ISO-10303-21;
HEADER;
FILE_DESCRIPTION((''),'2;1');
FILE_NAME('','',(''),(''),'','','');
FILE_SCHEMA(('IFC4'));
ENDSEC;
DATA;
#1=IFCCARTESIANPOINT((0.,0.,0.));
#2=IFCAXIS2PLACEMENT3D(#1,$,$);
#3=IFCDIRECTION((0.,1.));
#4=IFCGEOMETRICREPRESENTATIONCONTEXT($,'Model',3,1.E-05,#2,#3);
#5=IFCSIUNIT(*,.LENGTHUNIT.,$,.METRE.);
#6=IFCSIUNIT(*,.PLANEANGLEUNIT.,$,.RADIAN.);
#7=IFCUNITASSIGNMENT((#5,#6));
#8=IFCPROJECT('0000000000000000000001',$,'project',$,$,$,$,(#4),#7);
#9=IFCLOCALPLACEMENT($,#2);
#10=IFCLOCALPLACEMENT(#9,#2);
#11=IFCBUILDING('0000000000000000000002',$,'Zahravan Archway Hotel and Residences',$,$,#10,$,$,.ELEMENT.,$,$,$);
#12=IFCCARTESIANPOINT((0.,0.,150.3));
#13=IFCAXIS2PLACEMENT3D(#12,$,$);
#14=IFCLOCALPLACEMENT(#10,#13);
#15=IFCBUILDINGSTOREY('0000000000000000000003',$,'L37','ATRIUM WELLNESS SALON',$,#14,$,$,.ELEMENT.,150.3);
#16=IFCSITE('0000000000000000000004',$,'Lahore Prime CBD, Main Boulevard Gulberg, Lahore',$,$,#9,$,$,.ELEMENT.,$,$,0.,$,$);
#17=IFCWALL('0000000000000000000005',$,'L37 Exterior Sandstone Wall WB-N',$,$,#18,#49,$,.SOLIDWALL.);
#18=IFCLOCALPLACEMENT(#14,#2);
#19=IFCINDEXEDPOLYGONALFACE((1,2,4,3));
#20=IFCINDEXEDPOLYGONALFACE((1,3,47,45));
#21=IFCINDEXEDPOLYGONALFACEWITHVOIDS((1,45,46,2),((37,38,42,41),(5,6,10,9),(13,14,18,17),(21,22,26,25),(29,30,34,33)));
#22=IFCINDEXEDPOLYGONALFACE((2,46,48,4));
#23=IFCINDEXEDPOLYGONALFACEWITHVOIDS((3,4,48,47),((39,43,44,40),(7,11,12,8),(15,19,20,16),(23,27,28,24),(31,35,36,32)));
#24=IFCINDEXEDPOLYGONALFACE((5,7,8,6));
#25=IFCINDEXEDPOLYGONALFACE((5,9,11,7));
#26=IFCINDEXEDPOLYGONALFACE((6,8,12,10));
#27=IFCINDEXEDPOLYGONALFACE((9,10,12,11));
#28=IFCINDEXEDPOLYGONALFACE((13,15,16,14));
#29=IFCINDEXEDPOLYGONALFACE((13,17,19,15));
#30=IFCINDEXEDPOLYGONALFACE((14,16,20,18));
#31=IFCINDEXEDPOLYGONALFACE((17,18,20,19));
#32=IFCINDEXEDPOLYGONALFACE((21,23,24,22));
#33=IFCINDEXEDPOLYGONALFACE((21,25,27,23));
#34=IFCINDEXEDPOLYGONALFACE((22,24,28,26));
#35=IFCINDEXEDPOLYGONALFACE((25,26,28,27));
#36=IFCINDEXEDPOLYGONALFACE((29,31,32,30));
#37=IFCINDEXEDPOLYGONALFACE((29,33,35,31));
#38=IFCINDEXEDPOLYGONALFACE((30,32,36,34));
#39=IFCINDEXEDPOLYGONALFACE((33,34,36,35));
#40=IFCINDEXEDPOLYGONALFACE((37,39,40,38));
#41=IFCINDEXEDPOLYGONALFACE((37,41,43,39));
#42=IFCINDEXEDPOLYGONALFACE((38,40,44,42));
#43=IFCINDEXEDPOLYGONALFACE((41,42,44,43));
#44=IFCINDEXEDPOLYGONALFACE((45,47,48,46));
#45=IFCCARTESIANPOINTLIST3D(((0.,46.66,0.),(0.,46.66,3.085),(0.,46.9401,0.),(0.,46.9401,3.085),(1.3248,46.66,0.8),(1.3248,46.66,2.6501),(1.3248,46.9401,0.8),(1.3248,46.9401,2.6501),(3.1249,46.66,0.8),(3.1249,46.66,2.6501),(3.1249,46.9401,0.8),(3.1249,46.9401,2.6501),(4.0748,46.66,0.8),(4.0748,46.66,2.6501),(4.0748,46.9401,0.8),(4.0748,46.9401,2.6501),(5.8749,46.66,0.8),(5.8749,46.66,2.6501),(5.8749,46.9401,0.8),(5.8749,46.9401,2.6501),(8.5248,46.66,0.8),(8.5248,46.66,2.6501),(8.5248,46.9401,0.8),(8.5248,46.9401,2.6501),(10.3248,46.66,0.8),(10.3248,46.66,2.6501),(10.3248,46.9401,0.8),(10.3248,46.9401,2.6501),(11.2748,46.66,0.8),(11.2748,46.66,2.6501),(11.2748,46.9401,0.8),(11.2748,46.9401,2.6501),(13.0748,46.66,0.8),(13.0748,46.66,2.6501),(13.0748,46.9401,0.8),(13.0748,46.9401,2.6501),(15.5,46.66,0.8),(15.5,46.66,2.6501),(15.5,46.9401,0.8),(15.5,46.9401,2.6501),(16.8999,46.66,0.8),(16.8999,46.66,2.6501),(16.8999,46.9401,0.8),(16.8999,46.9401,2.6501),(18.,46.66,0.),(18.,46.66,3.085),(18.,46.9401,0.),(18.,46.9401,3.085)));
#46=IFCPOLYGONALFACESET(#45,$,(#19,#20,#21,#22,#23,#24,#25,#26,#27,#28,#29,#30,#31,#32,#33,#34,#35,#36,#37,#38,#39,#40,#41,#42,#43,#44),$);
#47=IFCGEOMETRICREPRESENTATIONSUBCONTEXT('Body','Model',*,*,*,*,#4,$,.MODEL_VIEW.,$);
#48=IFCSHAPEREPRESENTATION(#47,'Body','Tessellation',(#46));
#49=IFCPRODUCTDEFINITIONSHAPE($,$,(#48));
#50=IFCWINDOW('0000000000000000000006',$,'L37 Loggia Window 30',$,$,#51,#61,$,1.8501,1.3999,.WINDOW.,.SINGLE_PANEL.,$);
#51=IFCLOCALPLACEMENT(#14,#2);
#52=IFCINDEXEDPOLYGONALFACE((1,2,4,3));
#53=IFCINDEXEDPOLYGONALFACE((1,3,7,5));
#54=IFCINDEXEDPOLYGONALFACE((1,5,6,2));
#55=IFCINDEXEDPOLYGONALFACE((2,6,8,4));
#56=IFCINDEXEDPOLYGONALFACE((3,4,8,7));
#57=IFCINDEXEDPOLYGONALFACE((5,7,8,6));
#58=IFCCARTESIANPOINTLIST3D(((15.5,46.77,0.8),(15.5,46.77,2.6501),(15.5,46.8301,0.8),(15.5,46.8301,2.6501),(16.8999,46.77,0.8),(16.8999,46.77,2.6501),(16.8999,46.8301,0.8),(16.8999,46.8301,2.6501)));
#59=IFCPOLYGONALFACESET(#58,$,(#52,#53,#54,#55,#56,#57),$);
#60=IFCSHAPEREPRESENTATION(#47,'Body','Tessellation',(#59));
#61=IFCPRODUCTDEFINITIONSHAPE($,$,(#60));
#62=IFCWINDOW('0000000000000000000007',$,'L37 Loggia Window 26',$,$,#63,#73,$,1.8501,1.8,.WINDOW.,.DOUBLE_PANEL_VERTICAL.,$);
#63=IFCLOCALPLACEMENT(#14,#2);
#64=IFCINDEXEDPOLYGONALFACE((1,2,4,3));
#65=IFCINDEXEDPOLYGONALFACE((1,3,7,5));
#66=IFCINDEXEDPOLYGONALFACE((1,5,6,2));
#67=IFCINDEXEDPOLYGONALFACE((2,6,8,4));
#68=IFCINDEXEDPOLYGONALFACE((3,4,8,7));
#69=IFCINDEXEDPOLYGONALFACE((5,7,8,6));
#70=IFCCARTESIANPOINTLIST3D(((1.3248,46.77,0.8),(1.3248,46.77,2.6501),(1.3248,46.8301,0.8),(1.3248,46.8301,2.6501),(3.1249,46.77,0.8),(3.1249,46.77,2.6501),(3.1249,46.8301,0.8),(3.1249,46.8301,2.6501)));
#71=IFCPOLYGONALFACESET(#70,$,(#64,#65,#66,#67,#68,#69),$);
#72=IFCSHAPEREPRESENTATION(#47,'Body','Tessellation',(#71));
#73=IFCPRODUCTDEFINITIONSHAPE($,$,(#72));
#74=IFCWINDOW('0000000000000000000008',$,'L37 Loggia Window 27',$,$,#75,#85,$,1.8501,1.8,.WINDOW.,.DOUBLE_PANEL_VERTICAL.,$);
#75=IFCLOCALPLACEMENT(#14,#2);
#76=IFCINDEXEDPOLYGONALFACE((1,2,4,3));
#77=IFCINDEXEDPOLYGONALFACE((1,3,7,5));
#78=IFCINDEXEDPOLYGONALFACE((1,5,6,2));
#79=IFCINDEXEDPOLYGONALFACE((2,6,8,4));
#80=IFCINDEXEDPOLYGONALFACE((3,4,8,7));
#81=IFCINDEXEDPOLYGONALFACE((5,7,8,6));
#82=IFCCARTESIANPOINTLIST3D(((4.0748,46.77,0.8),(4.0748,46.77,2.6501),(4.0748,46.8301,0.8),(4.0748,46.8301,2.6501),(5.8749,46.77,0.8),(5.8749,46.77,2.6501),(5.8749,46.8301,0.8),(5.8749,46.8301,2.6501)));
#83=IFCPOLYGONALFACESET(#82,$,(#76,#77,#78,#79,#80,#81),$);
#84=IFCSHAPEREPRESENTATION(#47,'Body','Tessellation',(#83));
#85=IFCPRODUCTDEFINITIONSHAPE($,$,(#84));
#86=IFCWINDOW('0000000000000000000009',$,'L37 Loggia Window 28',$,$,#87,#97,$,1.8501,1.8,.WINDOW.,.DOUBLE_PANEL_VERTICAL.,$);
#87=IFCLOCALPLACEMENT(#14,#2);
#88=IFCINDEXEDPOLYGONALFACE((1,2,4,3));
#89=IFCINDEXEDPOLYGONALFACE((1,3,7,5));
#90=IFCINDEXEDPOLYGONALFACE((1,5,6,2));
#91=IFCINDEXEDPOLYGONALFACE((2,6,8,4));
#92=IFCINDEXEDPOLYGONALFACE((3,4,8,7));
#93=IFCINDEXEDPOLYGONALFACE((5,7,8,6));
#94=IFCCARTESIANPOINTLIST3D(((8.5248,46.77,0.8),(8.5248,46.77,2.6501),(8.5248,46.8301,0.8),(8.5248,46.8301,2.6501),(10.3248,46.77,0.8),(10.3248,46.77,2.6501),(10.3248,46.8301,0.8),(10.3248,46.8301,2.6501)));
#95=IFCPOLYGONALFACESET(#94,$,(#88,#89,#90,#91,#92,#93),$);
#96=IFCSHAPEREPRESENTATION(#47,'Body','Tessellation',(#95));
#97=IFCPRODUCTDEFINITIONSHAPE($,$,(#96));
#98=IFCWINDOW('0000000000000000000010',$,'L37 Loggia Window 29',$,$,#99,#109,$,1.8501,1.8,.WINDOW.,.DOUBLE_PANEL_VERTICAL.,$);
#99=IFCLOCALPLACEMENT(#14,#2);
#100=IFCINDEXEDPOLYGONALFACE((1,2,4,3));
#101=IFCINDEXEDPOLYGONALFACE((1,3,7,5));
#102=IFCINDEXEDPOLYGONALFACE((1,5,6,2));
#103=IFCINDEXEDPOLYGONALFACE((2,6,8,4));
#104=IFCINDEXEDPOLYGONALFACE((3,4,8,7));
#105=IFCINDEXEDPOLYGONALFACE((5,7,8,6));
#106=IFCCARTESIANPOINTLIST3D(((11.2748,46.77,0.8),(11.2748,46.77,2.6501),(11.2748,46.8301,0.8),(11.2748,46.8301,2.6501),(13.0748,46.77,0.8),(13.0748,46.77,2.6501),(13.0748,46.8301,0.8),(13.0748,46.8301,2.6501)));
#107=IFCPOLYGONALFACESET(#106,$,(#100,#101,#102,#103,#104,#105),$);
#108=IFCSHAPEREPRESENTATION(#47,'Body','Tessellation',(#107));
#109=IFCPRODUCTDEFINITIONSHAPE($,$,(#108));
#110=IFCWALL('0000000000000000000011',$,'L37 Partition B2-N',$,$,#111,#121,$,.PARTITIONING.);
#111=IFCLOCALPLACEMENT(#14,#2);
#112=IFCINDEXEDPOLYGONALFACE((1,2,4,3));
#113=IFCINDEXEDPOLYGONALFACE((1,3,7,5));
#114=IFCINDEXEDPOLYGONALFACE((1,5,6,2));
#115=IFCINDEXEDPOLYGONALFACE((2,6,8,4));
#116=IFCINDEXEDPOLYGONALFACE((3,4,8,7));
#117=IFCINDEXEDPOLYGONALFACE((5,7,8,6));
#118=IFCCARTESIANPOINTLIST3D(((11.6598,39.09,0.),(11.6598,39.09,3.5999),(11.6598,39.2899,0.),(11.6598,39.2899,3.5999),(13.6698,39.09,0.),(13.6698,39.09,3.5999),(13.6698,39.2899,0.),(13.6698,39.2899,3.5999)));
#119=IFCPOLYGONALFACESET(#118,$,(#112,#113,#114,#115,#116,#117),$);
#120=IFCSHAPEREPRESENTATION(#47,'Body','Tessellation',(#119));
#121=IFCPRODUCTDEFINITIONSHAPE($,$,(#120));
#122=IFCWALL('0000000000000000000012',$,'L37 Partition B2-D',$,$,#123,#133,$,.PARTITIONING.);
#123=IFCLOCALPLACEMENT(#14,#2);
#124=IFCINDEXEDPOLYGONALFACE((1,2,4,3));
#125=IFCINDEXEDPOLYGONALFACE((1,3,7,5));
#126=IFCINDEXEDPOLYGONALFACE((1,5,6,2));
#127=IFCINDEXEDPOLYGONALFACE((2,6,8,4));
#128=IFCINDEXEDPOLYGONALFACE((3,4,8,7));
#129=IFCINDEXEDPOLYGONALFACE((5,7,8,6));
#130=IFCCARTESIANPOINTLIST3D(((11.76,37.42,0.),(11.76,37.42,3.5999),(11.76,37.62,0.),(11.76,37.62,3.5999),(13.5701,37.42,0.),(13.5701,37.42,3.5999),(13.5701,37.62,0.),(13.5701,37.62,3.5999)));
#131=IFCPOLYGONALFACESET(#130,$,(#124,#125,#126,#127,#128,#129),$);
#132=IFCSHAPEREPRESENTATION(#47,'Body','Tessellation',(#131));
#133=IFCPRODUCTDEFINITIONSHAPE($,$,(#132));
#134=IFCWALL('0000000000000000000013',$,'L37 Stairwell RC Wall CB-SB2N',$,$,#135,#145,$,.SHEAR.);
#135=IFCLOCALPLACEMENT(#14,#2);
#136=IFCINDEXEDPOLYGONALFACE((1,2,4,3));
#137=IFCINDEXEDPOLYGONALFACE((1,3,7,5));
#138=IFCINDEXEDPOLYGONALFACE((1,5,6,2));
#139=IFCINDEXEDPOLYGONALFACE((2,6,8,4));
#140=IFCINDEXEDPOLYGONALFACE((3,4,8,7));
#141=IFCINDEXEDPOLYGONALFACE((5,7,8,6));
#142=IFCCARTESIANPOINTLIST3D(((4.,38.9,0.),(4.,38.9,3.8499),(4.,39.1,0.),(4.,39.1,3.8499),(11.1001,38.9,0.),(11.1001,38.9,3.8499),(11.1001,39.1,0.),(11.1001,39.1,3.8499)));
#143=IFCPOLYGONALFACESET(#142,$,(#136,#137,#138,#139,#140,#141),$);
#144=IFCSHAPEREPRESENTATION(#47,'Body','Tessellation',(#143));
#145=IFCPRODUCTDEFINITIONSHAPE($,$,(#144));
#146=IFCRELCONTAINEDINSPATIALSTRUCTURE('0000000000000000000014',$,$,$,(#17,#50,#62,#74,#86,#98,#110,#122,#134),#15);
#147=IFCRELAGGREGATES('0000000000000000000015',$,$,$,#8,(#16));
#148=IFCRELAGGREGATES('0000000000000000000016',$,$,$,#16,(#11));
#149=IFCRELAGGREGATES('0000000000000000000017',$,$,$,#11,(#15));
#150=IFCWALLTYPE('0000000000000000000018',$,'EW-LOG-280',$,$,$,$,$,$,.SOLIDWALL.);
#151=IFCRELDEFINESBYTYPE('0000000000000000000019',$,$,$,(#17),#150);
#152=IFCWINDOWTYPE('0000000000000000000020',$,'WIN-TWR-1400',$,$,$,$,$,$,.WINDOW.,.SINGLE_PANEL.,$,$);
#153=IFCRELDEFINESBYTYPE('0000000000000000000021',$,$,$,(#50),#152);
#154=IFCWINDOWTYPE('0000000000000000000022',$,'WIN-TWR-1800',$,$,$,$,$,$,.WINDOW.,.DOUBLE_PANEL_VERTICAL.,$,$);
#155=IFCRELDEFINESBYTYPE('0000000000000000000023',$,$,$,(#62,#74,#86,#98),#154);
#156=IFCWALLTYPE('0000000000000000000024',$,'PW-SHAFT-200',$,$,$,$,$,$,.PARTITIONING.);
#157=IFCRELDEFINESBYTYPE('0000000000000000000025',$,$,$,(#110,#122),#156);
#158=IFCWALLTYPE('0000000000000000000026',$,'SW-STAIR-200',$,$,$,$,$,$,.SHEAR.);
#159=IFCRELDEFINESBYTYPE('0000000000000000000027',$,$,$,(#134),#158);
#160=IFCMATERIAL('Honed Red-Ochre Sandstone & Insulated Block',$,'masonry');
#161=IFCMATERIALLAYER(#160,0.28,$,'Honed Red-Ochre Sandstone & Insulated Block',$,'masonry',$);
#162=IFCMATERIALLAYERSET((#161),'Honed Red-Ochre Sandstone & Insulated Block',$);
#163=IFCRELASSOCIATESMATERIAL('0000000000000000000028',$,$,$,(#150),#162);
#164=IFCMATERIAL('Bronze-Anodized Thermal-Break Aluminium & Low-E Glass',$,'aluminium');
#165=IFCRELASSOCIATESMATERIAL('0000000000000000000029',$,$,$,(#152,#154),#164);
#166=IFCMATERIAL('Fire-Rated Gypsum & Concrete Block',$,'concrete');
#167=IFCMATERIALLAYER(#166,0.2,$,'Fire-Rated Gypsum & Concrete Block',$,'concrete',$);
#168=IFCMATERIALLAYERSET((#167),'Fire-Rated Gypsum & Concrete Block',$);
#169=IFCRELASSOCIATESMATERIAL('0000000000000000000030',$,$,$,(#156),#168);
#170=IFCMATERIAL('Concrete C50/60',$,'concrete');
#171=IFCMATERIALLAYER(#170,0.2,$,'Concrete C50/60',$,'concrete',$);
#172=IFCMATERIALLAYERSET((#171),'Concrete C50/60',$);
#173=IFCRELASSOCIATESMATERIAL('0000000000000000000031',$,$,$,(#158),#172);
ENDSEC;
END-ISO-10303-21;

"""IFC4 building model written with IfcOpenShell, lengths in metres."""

from ifc_helpers import new_model, si_unit, direction, frame, frame_2d, origin, place, context, subcontext, project, spatial, rectangle, extrude, source, transform, mapped, material, layer, layer_set, type_object, type_shapes, element, fill, save


model = new_model("IFC4")

# Units and contexts
model_context = context("Model", 3, precision=1e-05, world=origin(), true_north=direction((0.0, 1.0)))
body_context = subcontext(model_context, "Body", "Model", "MODEL_VIEW")
ifc_project = project(units=[si_unit("LENGTHUNIT", "METRE"), si_unit("PLANEANGLEUNIT", "RADIAN")], contexts=[model_context])

# Site, building, storey
site_placement = place(None, origin())
site = spatial("IfcSite", under=ifc_project, at=site_placement, Name="Lahore Prime CBD, Main Boulevard Gulberg, Lahore", CompositionType="ELEMENT", RefElevation=0.0)
building_placement = place(site_placement, origin())
building = spatial("IfcBuilding", under=site, at=building_placement, Name="Zahravan Archway Hotel and Residences", CompositionType="ELEMENT")
storey_placement = place(building_placement, frame((0.0, 0.0, 150.3)))
storey = spatial("IfcBuildingStorey", under=building, at=storey_placement, Name="L37", Description="ATRIUM WELLNESS SALON", CompositionType="ELEMENT", Elevation=150.3)

# Wall, openings, windows
ifc_material_1 = material(Name="Honed Red-Ochre Sandstone & Insulated Block", Category="masonry")
ifc_layer_1 = layer(ifc_material_1, 0.28, Name="Honed Red-Ochre Sandstone & Insulated Block", Category="masonry")
ifc_layer_set_1 = layer_set([ifc_layer_1], Name="Honed Red-Ochre Sandstone & Insulated Block")
wall_type_1 = type_object("IfcWallType", Name="EW-LOG-280", PredefinedType="SOLIDWALL", material=ifc_layer_set_1)
wall_1_placement = place(storey_placement, frame((0.0, 46.8, 0.0), z_axis=(0.0, 0.0, 1.0), x_axis=(1.0, 0.0, 0.0)))
wall_1 = element("IfcWall", 1, at=wall_1_placement, inside=storey, type_object=wall_type_1, Name="L37 Exterior Sandstone Wall WB-N", PredefinedType="SOLIDWALL", context=body_context, shape_type="SweptSolid", body=[
    extrude(rectangle(XDim=18.0, YDim=0.28, at=frame_2d((9.0, 0.0))), origin(), (0.0, 0.0, 1.0), 3.085),
])
opening_1_placement = place(wall_1_placement, frame((1.325, 0.0, 0.8)))
opening_1 = element("IfcOpeningElement", 2, at=opening_1_placement, cuts=wall_1, PredefinedType="OPENING", context=body_context, shape_type="SweptSolid", body=[
    extrude(rectangle(XDim=1.8, YDim=1.8501, at=frame_2d((0.8999, 0.925))), frame((0.0, 0.1499, 0.0), z_axis=(0.0, -1.0, 0.0), x_axis=(1.0, 0.0, 0.0)), (0.0, 0.0, 1.0), 0.3),
])
opening_2_placement = place(wall_1_placement, frame((4.075, 0.0, 0.8)))
opening_2 = element("IfcOpeningElement", 3, at=opening_2_placement, cuts=wall_1, PredefinedType="OPENING", context=body_context, shape_type="SweptSolid", body=[
    extrude(rectangle(XDim=1.8, YDim=1.8501, at=frame_2d((0.8999, 0.925))), frame((0.0, 0.1499, 0.0), z_axis=(0.0, -1.0, 0.0), x_axis=(1.0, 0.0, 0.0)), (0.0, 0.0, 1.0), 0.3),
])
opening_3_placement = place(wall_1_placement, frame((8.5249, 0.0, 0.8)))
opening_3 = element("IfcOpeningElement", 4, at=opening_3_placement, cuts=wall_1, PredefinedType="OPENING", context=body_context, shape_type="SweptSolid", body=[
    extrude(rectangle(XDim=1.8, YDim=1.8501, at=frame_2d((0.8999, 0.925))), frame((0.0, 0.1499, 0.0), z_axis=(0.0, -1.0, 0.0), x_axis=(1.0, 0.0, 0.0)), (0.0, 0.0, 1.0), 0.3),
])
opening_4_placement = place(wall_1_placement, frame((11.2749, 0.0, 0.8)))
opening_4 = element("IfcOpeningElement", 5, at=opening_4_placement, cuts=wall_1, PredefinedType="OPENING", context=body_context, shape_type="SweptSolid", body=[
    extrude(rectangle(XDim=1.8, YDim=1.8501, at=frame_2d((0.8999, 0.925))), frame((0.0, 0.1499, 0.0), z_axis=(0.0, -1.0, 0.0), x_axis=(1.0, 0.0, 0.0)), (0.0, 0.0, 1.0), 0.3),
])
opening_5_placement = place(wall_1_placement, frame((15.5, 0.0, 0.8)))
opening_5 = element("IfcOpeningElement", 6, at=opening_5_placement, cuts=wall_1, PredefinedType="OPENING", context=body_context, shape_type="SweptSolid", body=[
    extrude(rectangle(XDim=1.3999, YDim=1.8501, at=frame_2d((0.7, 0.925))), frame((0.0, 0.1499, 0.0), z_axis=(0.0, -1.0, 0.0), x_axis=(1.0, 0.0, 0.0)), (0.0, 0.0, 1.0), 0.3),
])
ifc_material_2 = material(Name="Bronze-Anodized Thermal-Break Aluminium & Low-E Glass", Category="aluminium")
window_type_1 = type_object("IfcWindowType", Name="WIN-TWR-1400", PartitioningType="SINGLE_PANEL", PredefinedType="WINDOW", material=ifc_material_2)
shared_shape_1 = source(origin(), body_context, "Body", "SweptSolid", [
    extrude(rectangle(XDim=1.3999, YDim=1.8501, at=frame_2d((0.7, 0.925))), frame((0.0, 0.03, 0.0), z_axis=(0.0, -1.0, 0.0), x_axis=(1.0, 0.0, 0.0)), (0.0, 0.0, 1.0), 0.0601),
])
type_shapes(window_type_1, [shared_shape_1])
window_1_placement = place(opening_5_placement, origin())
window_1 = element("IfcWindow", 7, at=window_1_placement, inside=storey, type_object=window_type_1, Name="L37 Loggia Window 30", OverallHeight=1.8501, OverallWidth=1.3999, PartitioningType="SINGLE_PANEL", PredefinedType="WINDOW", context=body_context, shape_type="MappedRepresentation", body=[
    mapped(shared_shape_1, transform((0.0, 0.0, 0.0), scale=1.0)),
])
fill(opening_5, window_1)
window_type_2 = type_object("IfcWindowType", Name="WIN-TWR-1800", PartitioningType="DOUBLE_PANEL_VERTICAL", PredefinedType="WINDOW", material=ifc_material_2)
shared_shape_2 = source(origin(), body_context, "Body", "SweptSolid", [
    extrude(rectangle(XDim=1.8, YDim=1.8501, at=frame_2d((0.8999, 0.925))), frame((0.0, 0.03, 0.0), z_axis=(0.0, -1.0, 0.0), x_axis=(1.0, 0.0, 0.0)), (0.0, 0.0, 1.0), 0.0601),
])
type_shapes(window_type_2, [shared_shape_2])
window_2_placement = place(opening_1_placement, origin())
window_2 = element("IfcWindow", 8, at=window_2_placement, inside=storey, type_object=window_type_2, Name="L37 Loggia Window 26", OverallHeight=1.8501, OverallWidth=1.8, PartitioningType="DOUBLE_PANEL_VERTICAL", PredefinedType="WINDOW", context=body_context, shape_type="MappedRepresentation", body=[
    mapped(shared_shape_2, transform((0.0, 0.0, 0.0), scale=1.0)),
])
fill(opening_1, window_2)
window_3_placement = place(opening_2_placement, origin())
window_3 = element("IfcWindow", 9, at=window_3_placement, inside=storey, type_object=window_type_2, Name="L37 Loggia Window 27", OverallHeight=1.8501, OverallWidth=1.8, PartitioningType="DOUBLE_PANEL_VERTICAL", PredefinedType="WINDOW", context=body_context, shape_type="MappedRepresentation", body=[
    mapped(shared_shape_2, transform((0.0, 0.0, 0.0), scale=1.0)),
])
fill(opening_2, window_3)
window_4_placement = place(opening_3_placement, origin())
window_4 = element("IfcWindow", 10, at=window_4_placement, inside=storey, type_object=window_type_2, Name="L37 Loggia Window 28", OverallHeight=1.8501, OverallWidth=1.8, PartitioningType="DOUBLE_PANEL_VERTICAL", PredefinedType="WINDOW", context=body_context, shape_type="MappedRepresentation", body=[
    mapped(shared_shape_2, transform((0.0, 0.0, 0.0), scale=1.0)),
])
fill(opening_3, window_4)
window_5_placement = place(opening_4_placement, origin())
window_5 = element("IfcWindow", 11, at=window_5_placement, inside=storey, type_object=window_type_2, Name="L37 Loggia Window 29", OverallHeight=1.8501, OverallWidth=1.8, PartitioningType="DOUBLE_PANEL_VERTICAL", PredefinedType="WINDOW", context=body_context, shape_type="MappedRepresentation", body=[
    mapped(shared_shape_2, transform((0.0, 0.0, 0.0), scale=1.0)),
])
fill(opening_4, window_5)

# Walls
ifc_material_3 = material(Name="Fire-Rated Gypsum & Concrete Block", Category="concrete")
ifc_layer_2 = layer(ifc_material_3, 0.2, Name="Fire-Rated Gypsum & Concrete Block", Category="concrete")
ifc_layer_set_2 = layer_set([ifc_layer_2], Name="Fire-Rated Gypsum & Concrete Block")
wall_type_2 = type_object("IfcWallType", Name="PW-SHAFT-200", PredefinedType="PARTITIONING", material=ifc_layer_set_2)
wall_2_placement = place(storey_placement, frame((11.6599, 39.1899, 0.0), z_axis=(0.0, 0.0, 1.0), x_axis=(1.0, 0.0, 0.0)))
element("IfcWall", 12, at=wall_2_placement, inside=storey, type_object=wall_type_2, Name="L37 Partition B2-N", PredefinedType="PARTITIONING", context=body_context, shape_type="SweptSolid", body=[
    extrude(rectangle(XDim=2.01, YDim=0.2, at=frame_2d((1.0049, 0.0))), origin(), (0.0, 0.0, 1.0), 3.5999),
])
wall_3_placement = place(storey_placement, frame((11.76, 37.52, 0.0), z_axis=(0.0, 0.0, 1.0), x_axis=(1.0, 0.0, 0.0)))
element("IfcWall", 13, at=wall_3_placement, inside=storey, type_object=wall_type_2, Name="L37 Partition B2-D", PredefinedType="PARTITIONING", context=body_context, shape_type="SweptSolid", body=[
    extrude(rectangle(XDim=1.8101, YDim=0.2, at=frame_2d((0.905, 0.0))), origin(), (0.0, 0.0, 1.0), 3.5999),
])

# Wall
ifc_material_4 = material(Name="Concrete C50/60", Category="concrete")
ifc_layer_3 = layer(ifc_material_4, 0.2, Name="Concrete C50/60", Category="concrete")
ifc_layer_set_3 = layer_set([ifc_layer_3], Name="Concrete C50/60")
wall_type_3 = type_object("IfcWallType", Name="SW-STAIR-200", PredefinedType="SHEAR", material=ifc_layer_set_3)
wall_4_placement = place(storey_placement, frame((4.0, 39.0, 0.0), z_axis=(0.0, 0.0, 1.0), x_axis=(1.0, 0.0, 0.0)))
element("IfcWall", 14, at=wall_4_placement, inside=storey, type_object=wall_type_3, Name="L37 Stairwell RC Wall CB-SB2N", PredefinedType="SHEAR", context=body_context, shape_type="SweptSolid", body=[
    extrude(rectangle(XDim=7.1001, YDim=0.2, at=frame_2d((3.55, 0.0))), origin(), (0.0, 0.0, 1.0), 3.8499),
])

save(model, "model.ifc")
